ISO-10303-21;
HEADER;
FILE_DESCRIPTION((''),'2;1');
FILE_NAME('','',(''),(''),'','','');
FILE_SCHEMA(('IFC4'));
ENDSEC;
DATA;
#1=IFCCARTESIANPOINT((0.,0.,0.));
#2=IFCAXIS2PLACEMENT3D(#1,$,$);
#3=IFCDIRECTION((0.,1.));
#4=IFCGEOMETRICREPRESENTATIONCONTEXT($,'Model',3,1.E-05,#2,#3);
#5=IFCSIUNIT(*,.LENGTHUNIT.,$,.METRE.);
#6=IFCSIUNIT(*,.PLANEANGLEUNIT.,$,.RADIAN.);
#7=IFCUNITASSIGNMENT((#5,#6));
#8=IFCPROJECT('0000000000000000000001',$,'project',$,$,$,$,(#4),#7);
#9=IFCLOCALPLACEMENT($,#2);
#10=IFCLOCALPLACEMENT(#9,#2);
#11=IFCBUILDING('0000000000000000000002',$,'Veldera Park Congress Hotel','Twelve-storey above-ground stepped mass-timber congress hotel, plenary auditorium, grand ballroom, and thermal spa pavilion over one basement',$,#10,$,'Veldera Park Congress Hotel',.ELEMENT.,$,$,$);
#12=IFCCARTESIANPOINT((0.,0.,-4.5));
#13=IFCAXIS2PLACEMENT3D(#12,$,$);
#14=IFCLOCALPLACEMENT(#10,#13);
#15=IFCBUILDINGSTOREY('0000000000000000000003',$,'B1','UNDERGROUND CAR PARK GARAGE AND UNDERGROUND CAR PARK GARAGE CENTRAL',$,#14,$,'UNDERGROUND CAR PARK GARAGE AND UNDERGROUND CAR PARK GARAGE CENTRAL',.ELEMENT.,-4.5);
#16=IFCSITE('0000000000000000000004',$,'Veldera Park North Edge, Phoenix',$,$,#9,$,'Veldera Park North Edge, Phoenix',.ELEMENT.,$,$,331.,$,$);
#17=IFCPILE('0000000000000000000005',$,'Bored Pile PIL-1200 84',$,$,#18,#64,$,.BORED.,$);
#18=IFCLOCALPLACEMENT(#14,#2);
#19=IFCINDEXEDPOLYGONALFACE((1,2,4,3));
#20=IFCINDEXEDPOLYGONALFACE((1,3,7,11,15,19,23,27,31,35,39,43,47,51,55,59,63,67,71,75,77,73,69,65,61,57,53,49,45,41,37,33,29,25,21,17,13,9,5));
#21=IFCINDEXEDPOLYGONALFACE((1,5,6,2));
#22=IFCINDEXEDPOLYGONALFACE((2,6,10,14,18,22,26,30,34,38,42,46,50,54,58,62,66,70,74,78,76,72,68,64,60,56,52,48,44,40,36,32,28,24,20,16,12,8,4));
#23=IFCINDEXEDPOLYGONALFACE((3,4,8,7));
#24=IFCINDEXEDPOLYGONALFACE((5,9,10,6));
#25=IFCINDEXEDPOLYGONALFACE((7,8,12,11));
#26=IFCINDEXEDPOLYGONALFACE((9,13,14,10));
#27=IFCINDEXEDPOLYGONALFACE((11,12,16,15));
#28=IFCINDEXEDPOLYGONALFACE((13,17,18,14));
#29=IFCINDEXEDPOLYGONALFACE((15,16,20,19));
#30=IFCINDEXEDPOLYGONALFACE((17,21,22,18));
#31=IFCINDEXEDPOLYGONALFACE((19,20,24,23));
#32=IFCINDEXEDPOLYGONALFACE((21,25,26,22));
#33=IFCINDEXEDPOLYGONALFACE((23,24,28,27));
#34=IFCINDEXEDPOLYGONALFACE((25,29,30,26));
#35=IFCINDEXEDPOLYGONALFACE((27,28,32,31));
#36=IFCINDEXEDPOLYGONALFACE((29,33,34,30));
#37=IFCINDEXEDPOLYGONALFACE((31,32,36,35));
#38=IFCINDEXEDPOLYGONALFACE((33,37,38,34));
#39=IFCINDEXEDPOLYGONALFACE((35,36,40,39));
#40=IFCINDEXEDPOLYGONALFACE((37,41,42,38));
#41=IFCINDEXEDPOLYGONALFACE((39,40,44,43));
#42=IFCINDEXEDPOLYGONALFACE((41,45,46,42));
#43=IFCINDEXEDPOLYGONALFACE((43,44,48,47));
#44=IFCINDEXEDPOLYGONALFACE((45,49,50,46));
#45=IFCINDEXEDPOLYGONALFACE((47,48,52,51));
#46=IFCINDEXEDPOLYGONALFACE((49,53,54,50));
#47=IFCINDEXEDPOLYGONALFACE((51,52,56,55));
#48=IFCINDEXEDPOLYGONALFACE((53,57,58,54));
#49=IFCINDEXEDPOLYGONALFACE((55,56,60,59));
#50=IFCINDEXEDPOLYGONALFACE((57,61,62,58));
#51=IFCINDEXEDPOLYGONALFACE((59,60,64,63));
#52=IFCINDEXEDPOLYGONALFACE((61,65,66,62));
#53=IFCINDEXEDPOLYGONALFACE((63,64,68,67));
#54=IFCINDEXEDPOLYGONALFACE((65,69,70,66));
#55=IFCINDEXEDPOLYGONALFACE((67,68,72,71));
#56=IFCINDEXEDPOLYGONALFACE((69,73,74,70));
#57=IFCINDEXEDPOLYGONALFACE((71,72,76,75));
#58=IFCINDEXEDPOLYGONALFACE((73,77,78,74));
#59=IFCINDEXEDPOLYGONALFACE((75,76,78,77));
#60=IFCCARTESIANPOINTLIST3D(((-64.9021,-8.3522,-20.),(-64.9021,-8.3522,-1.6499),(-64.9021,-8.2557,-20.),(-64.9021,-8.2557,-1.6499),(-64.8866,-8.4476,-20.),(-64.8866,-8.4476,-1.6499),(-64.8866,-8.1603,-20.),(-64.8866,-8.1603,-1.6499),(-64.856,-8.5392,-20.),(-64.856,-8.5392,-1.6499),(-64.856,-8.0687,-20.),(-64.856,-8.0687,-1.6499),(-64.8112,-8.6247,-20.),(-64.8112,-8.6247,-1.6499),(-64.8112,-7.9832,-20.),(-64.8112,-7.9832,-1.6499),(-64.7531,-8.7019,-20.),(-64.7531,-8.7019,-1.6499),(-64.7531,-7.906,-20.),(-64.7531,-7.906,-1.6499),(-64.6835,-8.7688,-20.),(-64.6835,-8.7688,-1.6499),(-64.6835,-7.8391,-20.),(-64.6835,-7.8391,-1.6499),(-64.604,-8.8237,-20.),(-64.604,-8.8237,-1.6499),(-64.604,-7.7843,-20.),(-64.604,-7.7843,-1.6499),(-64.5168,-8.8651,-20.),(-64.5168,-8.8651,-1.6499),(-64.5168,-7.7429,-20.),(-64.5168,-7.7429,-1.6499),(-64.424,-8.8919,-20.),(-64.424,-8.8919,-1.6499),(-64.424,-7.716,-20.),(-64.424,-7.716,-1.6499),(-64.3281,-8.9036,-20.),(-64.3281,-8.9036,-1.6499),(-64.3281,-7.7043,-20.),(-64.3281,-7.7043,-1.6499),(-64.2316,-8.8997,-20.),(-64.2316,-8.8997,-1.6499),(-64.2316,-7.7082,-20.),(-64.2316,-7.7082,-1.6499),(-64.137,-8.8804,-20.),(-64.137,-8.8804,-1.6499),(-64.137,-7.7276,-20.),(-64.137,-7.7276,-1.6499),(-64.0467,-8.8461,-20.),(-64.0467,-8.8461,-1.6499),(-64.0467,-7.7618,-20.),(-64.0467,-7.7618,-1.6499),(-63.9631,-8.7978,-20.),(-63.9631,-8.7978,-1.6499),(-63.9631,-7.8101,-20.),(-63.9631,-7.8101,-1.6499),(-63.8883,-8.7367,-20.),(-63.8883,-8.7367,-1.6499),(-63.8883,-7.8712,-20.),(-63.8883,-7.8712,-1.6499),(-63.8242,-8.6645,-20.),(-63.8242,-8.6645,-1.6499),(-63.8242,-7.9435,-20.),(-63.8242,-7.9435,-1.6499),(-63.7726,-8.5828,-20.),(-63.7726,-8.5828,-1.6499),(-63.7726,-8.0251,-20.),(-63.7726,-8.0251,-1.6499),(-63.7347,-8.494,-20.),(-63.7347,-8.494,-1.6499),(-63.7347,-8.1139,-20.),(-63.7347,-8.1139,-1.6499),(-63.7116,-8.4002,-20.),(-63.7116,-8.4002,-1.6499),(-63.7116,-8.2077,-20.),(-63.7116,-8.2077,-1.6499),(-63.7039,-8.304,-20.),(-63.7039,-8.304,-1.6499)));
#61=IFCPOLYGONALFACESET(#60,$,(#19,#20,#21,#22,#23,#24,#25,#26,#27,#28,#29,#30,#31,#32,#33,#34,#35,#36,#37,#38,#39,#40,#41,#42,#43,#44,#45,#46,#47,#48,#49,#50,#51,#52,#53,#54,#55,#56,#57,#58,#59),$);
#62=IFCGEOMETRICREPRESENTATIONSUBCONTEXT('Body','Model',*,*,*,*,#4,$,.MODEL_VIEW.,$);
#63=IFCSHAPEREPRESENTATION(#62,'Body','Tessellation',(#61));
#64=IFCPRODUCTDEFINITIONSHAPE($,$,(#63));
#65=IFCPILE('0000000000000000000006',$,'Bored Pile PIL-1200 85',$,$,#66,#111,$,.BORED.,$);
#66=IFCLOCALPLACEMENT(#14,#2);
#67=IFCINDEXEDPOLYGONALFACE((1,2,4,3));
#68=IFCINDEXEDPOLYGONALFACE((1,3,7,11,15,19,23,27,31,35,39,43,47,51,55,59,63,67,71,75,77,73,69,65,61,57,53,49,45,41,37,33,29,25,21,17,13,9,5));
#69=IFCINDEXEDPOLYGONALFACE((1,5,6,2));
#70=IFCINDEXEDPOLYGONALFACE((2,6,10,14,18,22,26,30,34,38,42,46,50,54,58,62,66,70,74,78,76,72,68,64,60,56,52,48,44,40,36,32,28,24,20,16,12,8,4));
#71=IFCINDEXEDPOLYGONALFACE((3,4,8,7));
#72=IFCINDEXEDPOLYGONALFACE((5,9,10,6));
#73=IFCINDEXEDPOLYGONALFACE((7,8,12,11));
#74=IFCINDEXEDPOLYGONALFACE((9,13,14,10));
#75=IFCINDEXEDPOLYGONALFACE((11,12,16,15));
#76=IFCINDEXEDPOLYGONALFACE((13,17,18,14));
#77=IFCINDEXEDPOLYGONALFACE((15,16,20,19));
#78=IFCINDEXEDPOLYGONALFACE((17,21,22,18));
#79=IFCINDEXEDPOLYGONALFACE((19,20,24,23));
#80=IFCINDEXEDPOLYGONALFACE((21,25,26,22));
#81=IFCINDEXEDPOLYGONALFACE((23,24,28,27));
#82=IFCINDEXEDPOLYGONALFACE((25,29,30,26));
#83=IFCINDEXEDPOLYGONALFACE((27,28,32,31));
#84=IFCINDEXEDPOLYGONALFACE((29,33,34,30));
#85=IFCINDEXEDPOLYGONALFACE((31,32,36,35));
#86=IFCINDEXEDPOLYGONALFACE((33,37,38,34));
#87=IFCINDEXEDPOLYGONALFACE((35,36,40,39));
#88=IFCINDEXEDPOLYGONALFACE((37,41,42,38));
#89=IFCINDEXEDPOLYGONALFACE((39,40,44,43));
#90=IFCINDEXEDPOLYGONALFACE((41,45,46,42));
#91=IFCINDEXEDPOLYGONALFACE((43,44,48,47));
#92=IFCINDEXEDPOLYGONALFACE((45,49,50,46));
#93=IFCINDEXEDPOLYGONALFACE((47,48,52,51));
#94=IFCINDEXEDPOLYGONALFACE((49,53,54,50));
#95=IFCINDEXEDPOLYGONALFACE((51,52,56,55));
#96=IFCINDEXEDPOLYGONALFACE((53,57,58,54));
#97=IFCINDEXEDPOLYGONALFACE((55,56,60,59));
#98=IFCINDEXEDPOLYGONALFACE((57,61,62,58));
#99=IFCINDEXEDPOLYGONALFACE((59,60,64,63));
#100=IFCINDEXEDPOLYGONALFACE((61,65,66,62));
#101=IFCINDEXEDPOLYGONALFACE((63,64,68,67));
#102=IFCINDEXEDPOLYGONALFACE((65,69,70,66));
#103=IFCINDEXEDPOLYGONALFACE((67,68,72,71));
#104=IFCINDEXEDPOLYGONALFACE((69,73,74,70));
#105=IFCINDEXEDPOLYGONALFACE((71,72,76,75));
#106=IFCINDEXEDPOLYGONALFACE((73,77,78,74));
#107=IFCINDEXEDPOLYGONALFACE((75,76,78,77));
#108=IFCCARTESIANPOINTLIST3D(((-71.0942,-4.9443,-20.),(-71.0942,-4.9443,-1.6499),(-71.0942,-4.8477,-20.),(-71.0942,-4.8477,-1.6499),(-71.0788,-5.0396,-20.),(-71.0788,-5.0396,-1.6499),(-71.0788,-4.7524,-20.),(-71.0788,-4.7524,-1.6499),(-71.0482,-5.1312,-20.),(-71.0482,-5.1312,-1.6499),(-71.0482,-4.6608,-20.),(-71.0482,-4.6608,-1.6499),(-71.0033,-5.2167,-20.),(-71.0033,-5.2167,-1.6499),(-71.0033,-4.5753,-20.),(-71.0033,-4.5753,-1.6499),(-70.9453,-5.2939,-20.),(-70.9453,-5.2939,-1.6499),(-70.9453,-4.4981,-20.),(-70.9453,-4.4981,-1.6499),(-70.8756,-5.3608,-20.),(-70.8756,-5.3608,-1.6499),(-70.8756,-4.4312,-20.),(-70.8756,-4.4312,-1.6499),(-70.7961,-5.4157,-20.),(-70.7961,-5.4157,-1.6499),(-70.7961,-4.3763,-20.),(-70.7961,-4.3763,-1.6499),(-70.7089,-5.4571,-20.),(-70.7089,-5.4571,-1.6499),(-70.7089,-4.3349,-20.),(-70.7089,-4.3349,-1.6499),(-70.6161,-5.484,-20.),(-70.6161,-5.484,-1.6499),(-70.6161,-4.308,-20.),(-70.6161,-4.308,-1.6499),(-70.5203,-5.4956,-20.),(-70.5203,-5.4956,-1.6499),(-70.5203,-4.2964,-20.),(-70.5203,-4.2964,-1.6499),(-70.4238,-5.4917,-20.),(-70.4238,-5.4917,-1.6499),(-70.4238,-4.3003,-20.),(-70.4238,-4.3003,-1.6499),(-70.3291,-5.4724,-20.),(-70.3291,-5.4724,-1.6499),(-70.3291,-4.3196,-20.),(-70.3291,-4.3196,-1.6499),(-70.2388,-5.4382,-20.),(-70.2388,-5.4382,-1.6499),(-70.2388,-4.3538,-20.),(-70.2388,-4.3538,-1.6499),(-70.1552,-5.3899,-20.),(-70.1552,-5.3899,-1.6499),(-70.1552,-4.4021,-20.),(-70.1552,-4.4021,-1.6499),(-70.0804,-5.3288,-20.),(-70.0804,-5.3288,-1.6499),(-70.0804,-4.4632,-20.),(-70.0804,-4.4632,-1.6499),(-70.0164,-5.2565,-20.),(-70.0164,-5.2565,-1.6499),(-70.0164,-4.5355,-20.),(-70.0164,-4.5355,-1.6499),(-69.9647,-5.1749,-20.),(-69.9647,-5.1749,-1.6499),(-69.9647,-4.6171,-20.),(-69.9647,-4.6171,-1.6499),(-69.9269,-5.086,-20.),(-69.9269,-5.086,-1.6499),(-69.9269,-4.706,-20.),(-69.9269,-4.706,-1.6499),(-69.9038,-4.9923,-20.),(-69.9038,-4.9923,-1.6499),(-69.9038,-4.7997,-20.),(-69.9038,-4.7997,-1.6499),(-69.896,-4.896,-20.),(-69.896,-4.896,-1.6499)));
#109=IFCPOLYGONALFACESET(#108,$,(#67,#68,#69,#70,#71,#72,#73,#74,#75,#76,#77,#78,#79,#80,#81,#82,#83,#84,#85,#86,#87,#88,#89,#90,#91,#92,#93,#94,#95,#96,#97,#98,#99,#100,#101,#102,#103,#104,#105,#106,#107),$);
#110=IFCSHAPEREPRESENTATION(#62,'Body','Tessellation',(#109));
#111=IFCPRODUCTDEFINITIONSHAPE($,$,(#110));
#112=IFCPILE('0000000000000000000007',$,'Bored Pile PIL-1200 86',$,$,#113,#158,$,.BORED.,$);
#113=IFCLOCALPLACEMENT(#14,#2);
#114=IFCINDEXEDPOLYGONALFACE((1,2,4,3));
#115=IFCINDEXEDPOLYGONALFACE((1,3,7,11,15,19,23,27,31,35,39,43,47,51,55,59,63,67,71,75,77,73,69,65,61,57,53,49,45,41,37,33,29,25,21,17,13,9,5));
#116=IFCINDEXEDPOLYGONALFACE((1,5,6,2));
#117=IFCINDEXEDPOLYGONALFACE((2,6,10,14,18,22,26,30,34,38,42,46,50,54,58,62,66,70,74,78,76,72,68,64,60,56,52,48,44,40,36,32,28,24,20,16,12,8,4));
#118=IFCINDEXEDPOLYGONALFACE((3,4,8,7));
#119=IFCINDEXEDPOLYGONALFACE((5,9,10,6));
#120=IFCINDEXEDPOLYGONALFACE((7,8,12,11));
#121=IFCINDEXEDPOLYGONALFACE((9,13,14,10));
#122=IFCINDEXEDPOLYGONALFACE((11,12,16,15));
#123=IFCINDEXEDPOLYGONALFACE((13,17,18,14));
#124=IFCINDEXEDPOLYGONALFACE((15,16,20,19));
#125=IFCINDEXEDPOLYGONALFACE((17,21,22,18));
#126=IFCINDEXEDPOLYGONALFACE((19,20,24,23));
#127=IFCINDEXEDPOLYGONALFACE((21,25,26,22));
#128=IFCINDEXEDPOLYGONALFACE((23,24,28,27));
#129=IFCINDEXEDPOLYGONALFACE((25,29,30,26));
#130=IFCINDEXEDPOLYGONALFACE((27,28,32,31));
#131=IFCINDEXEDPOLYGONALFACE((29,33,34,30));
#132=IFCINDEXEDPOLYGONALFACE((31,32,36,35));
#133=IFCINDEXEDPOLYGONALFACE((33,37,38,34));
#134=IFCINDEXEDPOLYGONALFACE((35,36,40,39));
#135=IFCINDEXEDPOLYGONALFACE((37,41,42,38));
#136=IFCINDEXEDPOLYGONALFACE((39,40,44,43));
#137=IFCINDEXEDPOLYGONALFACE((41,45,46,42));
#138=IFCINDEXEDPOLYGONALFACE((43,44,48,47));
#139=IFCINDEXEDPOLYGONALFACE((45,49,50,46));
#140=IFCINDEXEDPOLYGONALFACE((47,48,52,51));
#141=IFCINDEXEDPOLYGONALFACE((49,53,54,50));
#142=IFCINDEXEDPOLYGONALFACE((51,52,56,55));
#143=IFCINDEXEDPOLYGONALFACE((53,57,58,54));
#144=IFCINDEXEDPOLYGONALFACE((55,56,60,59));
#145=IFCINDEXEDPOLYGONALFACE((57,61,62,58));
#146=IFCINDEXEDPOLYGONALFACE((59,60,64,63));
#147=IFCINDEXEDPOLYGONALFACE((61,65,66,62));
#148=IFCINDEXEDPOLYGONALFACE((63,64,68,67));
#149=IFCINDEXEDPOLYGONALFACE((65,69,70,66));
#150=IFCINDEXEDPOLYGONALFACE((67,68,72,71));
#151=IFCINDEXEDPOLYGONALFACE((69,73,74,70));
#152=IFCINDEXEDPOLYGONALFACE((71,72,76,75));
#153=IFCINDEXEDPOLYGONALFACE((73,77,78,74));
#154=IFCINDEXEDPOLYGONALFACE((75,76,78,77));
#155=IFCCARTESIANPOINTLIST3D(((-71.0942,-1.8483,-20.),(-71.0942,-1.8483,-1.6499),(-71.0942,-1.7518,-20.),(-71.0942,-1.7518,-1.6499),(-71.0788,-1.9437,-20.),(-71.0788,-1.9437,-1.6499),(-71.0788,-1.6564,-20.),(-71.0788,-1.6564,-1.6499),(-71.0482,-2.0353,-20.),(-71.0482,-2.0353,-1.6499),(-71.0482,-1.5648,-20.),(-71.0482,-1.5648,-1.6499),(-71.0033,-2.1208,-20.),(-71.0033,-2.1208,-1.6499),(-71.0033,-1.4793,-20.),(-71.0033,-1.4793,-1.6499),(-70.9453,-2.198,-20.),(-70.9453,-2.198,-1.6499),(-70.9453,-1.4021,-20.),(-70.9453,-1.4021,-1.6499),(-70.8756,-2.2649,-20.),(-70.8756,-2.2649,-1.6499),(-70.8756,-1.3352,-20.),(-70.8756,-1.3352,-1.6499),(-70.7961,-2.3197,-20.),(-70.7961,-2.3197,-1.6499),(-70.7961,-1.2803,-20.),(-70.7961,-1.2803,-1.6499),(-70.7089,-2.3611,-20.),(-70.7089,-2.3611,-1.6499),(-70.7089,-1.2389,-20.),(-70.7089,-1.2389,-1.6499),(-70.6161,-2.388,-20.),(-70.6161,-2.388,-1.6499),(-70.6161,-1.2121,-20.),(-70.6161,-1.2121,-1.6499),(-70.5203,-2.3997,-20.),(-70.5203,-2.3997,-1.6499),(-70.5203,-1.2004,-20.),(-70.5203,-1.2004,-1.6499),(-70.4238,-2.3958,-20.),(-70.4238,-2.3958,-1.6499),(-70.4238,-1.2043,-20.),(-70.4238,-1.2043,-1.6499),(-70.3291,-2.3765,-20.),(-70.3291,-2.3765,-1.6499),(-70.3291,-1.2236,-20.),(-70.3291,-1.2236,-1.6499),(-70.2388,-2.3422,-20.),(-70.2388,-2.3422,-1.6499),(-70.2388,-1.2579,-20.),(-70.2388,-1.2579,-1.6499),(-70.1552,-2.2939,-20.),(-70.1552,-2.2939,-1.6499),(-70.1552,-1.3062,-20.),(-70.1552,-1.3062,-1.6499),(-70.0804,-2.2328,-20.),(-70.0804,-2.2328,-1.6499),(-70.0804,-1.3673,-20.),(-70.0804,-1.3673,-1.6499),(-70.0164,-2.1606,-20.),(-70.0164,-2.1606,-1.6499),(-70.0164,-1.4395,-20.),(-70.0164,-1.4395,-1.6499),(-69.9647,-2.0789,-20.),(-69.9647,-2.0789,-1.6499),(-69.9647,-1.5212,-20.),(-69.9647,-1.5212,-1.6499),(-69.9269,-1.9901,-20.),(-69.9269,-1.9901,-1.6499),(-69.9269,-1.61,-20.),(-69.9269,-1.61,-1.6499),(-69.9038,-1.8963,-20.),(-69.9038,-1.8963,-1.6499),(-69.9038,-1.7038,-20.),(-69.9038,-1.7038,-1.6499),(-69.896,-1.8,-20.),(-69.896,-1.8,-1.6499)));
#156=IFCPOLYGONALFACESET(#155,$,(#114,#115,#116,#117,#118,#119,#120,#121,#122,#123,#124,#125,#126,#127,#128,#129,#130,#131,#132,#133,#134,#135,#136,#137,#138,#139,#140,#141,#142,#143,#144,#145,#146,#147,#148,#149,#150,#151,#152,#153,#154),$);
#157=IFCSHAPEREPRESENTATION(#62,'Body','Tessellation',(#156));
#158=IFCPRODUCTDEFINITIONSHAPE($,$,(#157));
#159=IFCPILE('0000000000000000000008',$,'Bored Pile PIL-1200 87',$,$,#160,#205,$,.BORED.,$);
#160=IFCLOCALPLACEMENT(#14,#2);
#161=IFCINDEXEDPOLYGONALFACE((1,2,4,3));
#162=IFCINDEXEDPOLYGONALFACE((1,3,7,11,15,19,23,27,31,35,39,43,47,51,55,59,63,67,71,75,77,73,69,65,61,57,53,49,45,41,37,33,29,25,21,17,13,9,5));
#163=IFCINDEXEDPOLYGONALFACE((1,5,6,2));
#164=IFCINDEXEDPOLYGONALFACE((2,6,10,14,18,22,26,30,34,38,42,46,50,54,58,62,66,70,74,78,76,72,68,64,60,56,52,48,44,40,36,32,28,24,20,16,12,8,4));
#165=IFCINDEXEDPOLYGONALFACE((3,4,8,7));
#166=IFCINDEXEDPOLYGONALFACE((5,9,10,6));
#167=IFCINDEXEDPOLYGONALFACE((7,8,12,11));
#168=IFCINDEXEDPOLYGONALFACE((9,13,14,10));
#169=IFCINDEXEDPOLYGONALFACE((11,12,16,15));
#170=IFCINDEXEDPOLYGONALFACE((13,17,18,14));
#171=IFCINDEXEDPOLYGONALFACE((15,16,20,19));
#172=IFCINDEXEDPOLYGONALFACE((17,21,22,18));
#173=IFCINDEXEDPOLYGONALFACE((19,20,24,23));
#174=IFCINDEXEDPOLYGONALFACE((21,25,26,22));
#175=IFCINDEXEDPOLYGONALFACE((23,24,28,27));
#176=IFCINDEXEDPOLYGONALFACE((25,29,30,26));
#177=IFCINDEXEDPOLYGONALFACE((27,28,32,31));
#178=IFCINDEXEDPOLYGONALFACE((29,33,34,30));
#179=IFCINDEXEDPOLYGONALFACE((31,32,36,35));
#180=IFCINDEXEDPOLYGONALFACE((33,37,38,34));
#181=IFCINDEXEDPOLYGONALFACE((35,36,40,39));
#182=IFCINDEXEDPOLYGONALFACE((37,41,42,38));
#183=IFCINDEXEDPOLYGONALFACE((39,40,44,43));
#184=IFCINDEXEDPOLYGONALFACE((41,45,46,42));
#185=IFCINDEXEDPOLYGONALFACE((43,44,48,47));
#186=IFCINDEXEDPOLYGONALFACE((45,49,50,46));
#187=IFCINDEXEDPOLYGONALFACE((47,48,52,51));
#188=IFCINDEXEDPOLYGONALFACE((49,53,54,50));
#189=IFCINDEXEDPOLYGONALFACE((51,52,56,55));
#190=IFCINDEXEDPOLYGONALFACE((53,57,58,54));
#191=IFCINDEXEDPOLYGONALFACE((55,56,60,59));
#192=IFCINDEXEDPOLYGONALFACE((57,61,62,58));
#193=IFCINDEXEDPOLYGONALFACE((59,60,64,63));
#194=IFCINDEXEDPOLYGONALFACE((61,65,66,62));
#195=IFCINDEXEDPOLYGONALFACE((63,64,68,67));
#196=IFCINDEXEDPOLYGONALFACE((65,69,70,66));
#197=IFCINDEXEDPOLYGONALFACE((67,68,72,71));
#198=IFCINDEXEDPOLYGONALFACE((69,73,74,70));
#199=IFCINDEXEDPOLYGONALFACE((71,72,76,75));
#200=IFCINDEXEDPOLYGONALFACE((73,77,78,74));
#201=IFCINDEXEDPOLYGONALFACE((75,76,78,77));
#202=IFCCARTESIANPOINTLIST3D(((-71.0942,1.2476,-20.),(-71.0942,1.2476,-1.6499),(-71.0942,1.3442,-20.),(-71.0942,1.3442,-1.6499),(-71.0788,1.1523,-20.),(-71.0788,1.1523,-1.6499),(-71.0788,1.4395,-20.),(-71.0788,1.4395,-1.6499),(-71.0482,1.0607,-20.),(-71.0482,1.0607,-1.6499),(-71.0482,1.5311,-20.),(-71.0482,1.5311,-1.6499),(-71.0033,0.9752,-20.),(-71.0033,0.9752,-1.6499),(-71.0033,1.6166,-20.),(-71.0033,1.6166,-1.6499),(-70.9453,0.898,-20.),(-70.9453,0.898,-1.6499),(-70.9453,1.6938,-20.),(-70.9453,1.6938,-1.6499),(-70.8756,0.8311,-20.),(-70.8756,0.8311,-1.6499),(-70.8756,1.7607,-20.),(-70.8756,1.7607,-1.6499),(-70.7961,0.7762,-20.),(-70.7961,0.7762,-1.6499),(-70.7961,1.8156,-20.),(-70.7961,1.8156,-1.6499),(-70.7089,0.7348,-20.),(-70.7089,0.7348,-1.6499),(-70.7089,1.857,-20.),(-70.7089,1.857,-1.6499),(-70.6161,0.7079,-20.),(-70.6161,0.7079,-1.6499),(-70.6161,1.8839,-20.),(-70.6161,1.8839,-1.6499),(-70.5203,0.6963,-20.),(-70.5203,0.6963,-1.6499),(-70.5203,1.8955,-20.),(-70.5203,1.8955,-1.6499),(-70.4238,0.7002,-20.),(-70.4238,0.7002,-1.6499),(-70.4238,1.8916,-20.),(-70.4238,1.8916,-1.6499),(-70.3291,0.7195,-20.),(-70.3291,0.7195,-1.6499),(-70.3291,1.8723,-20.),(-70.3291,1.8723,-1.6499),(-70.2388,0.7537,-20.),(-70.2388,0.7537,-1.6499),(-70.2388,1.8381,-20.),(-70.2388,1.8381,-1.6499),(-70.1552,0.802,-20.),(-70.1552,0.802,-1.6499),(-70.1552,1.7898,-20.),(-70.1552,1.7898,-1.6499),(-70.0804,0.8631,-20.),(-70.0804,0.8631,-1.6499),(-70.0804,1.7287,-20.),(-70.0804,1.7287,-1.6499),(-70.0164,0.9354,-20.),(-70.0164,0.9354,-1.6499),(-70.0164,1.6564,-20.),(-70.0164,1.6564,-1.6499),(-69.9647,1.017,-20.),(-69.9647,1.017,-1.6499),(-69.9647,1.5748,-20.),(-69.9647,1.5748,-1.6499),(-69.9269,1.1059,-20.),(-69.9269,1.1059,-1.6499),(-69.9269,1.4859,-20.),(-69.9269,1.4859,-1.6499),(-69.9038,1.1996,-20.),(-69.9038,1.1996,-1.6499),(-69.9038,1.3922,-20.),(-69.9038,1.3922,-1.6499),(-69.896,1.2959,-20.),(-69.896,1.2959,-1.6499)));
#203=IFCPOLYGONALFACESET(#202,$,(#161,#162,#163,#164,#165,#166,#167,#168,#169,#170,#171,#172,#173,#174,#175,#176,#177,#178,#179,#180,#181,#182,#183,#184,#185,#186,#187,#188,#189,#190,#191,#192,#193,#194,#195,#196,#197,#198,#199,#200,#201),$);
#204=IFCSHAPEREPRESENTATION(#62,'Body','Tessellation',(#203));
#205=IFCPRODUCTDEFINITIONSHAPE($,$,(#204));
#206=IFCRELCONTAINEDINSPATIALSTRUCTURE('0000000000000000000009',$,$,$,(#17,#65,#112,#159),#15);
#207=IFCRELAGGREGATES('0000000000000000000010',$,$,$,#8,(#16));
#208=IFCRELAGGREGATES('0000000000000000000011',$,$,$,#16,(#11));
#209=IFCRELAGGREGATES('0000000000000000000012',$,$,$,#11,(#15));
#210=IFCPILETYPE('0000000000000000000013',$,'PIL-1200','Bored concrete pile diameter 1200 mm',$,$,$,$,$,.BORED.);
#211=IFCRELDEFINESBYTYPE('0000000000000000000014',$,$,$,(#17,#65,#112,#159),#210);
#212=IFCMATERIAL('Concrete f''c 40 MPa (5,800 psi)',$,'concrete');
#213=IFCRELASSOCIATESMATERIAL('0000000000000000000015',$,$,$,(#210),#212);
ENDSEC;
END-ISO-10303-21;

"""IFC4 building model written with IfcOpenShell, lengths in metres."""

from ifc_helpers import new_model, si_unit, direction, frame, origin, origin_2d, place, context, subcontext, project, spatial, circle, extrude, material, material_profile, profile_set, type_object, element, save


model = new_model("IFC4")

# Units and contexts
model_context = context("Model", 3, precision=1e-05, world=origin(), true_north=direction((0.0, 1.0)))
body_context = subcontext(model_context, "Body", "Model", "MODEL_VIEW")
ifc_project = project(units=[si_unit("LENGTHUNIT", "METRE"), si_unit("PLANEANGLEUNIT", "RADIAN")], contexts=[model_context])

# Site, building, storey
site_placement = place(None, origin())
site = spatial("IfcSite", under=ifc_project, at=site_placement, Name="Veldera Park North Edge, Phoenix", LongName="Veldera Park North Edge, Phoenix", CompositionType="ELEMENT", RefElevation=331.0)
building_placement = place(site_placement, origin())
building = spatial("IfcBuilding", under=site, at=building_placement, Name="Veldera Park Congress Hotel", Description="Twelve-storey above-ground stepped mass-timber congress hotel, plenary auditorium, grand ballroom, and thermal spa pavilion over one basement", LongName="Veldera Park Congress Hotel", CompositionType="ELEMENT")
storey_placement = place(building_placement, frame((0.0, 0.0, -4.5)))
storey = spatial("IfcBuildingStorey", under=building, at=storey_placement, Name="B1", Description="UNDERGROUND CAR PARK GARAGE AND UNDERGROUND CAR PARK GARAGE CENTRAL", LongName="UNDERGROUND CAR PARK GARAGE AND UNDERGROUND CAR PARK GARAGE CENTRAL", CompositionType="ELEMENT", Elevation=-4.5)

# Shared definitions
ifc_material_1 = material(Name="Concrete f'c 40 MPa (5,800 psi)", Category="concrete")

# Piles
ifc_material_profile_1 = material_profile(ifc_material_1, circle(Radius=0.6001, at=origin_2d()), Name="PILE D1200")
ifc_profile_set_1 = profile_set([ifc_material_profile_1], Name="Concrete f'c 40 MPa (5,800 psi)")
pile_type = type_object("IfcPileType", Name="PIL-1200", Description="Bored concrete pile diameter 1200 mm", PredefinedType="BORED", material=ifc_profile_set_1)
for number, where, z_axis, x_axis, name in (
    (1, (-64.304, -8.304, -1.6499), (0.0, 0.0, -1.0), (1.0, 0.0, 0.0), "Bored Pile PIL-1200 84"),
    (2, (-70.4961, -4.896, -1.6499), (0.0, 0.0, -1.0), (1.0, 0.0, 0.0), "Bored Pile PIL-1200 85"),
    (3, (-70.4961, -1.8, -1.6499), (0.0, 0.0, -1.0), (1.0, 0.0, 0.0), "Bored Pile PIL-1200 86"),
    (4, (-70.4961, 1.2959, -1.6499), (0.0, 0.0, -1.0), (1.0, 0.0, 0.0), "Bored Pile PIL-1200 87"),
):
    element("IfcPile", number, at=place(storey_placement, frame(where, z_axis=z_axis, x_axis=x_axis)), inside=storey, type_object=pile_type, Name=name, PredefinedType="BORED", context=body_context, shape_type="SweptSolid", body=[
        extrude(circle(Radius=0.6001, at=origin_2d()), origin(), (0.0, 0.0, 1.0), 18.3501),
    ])

save(model, "model.ifc")
